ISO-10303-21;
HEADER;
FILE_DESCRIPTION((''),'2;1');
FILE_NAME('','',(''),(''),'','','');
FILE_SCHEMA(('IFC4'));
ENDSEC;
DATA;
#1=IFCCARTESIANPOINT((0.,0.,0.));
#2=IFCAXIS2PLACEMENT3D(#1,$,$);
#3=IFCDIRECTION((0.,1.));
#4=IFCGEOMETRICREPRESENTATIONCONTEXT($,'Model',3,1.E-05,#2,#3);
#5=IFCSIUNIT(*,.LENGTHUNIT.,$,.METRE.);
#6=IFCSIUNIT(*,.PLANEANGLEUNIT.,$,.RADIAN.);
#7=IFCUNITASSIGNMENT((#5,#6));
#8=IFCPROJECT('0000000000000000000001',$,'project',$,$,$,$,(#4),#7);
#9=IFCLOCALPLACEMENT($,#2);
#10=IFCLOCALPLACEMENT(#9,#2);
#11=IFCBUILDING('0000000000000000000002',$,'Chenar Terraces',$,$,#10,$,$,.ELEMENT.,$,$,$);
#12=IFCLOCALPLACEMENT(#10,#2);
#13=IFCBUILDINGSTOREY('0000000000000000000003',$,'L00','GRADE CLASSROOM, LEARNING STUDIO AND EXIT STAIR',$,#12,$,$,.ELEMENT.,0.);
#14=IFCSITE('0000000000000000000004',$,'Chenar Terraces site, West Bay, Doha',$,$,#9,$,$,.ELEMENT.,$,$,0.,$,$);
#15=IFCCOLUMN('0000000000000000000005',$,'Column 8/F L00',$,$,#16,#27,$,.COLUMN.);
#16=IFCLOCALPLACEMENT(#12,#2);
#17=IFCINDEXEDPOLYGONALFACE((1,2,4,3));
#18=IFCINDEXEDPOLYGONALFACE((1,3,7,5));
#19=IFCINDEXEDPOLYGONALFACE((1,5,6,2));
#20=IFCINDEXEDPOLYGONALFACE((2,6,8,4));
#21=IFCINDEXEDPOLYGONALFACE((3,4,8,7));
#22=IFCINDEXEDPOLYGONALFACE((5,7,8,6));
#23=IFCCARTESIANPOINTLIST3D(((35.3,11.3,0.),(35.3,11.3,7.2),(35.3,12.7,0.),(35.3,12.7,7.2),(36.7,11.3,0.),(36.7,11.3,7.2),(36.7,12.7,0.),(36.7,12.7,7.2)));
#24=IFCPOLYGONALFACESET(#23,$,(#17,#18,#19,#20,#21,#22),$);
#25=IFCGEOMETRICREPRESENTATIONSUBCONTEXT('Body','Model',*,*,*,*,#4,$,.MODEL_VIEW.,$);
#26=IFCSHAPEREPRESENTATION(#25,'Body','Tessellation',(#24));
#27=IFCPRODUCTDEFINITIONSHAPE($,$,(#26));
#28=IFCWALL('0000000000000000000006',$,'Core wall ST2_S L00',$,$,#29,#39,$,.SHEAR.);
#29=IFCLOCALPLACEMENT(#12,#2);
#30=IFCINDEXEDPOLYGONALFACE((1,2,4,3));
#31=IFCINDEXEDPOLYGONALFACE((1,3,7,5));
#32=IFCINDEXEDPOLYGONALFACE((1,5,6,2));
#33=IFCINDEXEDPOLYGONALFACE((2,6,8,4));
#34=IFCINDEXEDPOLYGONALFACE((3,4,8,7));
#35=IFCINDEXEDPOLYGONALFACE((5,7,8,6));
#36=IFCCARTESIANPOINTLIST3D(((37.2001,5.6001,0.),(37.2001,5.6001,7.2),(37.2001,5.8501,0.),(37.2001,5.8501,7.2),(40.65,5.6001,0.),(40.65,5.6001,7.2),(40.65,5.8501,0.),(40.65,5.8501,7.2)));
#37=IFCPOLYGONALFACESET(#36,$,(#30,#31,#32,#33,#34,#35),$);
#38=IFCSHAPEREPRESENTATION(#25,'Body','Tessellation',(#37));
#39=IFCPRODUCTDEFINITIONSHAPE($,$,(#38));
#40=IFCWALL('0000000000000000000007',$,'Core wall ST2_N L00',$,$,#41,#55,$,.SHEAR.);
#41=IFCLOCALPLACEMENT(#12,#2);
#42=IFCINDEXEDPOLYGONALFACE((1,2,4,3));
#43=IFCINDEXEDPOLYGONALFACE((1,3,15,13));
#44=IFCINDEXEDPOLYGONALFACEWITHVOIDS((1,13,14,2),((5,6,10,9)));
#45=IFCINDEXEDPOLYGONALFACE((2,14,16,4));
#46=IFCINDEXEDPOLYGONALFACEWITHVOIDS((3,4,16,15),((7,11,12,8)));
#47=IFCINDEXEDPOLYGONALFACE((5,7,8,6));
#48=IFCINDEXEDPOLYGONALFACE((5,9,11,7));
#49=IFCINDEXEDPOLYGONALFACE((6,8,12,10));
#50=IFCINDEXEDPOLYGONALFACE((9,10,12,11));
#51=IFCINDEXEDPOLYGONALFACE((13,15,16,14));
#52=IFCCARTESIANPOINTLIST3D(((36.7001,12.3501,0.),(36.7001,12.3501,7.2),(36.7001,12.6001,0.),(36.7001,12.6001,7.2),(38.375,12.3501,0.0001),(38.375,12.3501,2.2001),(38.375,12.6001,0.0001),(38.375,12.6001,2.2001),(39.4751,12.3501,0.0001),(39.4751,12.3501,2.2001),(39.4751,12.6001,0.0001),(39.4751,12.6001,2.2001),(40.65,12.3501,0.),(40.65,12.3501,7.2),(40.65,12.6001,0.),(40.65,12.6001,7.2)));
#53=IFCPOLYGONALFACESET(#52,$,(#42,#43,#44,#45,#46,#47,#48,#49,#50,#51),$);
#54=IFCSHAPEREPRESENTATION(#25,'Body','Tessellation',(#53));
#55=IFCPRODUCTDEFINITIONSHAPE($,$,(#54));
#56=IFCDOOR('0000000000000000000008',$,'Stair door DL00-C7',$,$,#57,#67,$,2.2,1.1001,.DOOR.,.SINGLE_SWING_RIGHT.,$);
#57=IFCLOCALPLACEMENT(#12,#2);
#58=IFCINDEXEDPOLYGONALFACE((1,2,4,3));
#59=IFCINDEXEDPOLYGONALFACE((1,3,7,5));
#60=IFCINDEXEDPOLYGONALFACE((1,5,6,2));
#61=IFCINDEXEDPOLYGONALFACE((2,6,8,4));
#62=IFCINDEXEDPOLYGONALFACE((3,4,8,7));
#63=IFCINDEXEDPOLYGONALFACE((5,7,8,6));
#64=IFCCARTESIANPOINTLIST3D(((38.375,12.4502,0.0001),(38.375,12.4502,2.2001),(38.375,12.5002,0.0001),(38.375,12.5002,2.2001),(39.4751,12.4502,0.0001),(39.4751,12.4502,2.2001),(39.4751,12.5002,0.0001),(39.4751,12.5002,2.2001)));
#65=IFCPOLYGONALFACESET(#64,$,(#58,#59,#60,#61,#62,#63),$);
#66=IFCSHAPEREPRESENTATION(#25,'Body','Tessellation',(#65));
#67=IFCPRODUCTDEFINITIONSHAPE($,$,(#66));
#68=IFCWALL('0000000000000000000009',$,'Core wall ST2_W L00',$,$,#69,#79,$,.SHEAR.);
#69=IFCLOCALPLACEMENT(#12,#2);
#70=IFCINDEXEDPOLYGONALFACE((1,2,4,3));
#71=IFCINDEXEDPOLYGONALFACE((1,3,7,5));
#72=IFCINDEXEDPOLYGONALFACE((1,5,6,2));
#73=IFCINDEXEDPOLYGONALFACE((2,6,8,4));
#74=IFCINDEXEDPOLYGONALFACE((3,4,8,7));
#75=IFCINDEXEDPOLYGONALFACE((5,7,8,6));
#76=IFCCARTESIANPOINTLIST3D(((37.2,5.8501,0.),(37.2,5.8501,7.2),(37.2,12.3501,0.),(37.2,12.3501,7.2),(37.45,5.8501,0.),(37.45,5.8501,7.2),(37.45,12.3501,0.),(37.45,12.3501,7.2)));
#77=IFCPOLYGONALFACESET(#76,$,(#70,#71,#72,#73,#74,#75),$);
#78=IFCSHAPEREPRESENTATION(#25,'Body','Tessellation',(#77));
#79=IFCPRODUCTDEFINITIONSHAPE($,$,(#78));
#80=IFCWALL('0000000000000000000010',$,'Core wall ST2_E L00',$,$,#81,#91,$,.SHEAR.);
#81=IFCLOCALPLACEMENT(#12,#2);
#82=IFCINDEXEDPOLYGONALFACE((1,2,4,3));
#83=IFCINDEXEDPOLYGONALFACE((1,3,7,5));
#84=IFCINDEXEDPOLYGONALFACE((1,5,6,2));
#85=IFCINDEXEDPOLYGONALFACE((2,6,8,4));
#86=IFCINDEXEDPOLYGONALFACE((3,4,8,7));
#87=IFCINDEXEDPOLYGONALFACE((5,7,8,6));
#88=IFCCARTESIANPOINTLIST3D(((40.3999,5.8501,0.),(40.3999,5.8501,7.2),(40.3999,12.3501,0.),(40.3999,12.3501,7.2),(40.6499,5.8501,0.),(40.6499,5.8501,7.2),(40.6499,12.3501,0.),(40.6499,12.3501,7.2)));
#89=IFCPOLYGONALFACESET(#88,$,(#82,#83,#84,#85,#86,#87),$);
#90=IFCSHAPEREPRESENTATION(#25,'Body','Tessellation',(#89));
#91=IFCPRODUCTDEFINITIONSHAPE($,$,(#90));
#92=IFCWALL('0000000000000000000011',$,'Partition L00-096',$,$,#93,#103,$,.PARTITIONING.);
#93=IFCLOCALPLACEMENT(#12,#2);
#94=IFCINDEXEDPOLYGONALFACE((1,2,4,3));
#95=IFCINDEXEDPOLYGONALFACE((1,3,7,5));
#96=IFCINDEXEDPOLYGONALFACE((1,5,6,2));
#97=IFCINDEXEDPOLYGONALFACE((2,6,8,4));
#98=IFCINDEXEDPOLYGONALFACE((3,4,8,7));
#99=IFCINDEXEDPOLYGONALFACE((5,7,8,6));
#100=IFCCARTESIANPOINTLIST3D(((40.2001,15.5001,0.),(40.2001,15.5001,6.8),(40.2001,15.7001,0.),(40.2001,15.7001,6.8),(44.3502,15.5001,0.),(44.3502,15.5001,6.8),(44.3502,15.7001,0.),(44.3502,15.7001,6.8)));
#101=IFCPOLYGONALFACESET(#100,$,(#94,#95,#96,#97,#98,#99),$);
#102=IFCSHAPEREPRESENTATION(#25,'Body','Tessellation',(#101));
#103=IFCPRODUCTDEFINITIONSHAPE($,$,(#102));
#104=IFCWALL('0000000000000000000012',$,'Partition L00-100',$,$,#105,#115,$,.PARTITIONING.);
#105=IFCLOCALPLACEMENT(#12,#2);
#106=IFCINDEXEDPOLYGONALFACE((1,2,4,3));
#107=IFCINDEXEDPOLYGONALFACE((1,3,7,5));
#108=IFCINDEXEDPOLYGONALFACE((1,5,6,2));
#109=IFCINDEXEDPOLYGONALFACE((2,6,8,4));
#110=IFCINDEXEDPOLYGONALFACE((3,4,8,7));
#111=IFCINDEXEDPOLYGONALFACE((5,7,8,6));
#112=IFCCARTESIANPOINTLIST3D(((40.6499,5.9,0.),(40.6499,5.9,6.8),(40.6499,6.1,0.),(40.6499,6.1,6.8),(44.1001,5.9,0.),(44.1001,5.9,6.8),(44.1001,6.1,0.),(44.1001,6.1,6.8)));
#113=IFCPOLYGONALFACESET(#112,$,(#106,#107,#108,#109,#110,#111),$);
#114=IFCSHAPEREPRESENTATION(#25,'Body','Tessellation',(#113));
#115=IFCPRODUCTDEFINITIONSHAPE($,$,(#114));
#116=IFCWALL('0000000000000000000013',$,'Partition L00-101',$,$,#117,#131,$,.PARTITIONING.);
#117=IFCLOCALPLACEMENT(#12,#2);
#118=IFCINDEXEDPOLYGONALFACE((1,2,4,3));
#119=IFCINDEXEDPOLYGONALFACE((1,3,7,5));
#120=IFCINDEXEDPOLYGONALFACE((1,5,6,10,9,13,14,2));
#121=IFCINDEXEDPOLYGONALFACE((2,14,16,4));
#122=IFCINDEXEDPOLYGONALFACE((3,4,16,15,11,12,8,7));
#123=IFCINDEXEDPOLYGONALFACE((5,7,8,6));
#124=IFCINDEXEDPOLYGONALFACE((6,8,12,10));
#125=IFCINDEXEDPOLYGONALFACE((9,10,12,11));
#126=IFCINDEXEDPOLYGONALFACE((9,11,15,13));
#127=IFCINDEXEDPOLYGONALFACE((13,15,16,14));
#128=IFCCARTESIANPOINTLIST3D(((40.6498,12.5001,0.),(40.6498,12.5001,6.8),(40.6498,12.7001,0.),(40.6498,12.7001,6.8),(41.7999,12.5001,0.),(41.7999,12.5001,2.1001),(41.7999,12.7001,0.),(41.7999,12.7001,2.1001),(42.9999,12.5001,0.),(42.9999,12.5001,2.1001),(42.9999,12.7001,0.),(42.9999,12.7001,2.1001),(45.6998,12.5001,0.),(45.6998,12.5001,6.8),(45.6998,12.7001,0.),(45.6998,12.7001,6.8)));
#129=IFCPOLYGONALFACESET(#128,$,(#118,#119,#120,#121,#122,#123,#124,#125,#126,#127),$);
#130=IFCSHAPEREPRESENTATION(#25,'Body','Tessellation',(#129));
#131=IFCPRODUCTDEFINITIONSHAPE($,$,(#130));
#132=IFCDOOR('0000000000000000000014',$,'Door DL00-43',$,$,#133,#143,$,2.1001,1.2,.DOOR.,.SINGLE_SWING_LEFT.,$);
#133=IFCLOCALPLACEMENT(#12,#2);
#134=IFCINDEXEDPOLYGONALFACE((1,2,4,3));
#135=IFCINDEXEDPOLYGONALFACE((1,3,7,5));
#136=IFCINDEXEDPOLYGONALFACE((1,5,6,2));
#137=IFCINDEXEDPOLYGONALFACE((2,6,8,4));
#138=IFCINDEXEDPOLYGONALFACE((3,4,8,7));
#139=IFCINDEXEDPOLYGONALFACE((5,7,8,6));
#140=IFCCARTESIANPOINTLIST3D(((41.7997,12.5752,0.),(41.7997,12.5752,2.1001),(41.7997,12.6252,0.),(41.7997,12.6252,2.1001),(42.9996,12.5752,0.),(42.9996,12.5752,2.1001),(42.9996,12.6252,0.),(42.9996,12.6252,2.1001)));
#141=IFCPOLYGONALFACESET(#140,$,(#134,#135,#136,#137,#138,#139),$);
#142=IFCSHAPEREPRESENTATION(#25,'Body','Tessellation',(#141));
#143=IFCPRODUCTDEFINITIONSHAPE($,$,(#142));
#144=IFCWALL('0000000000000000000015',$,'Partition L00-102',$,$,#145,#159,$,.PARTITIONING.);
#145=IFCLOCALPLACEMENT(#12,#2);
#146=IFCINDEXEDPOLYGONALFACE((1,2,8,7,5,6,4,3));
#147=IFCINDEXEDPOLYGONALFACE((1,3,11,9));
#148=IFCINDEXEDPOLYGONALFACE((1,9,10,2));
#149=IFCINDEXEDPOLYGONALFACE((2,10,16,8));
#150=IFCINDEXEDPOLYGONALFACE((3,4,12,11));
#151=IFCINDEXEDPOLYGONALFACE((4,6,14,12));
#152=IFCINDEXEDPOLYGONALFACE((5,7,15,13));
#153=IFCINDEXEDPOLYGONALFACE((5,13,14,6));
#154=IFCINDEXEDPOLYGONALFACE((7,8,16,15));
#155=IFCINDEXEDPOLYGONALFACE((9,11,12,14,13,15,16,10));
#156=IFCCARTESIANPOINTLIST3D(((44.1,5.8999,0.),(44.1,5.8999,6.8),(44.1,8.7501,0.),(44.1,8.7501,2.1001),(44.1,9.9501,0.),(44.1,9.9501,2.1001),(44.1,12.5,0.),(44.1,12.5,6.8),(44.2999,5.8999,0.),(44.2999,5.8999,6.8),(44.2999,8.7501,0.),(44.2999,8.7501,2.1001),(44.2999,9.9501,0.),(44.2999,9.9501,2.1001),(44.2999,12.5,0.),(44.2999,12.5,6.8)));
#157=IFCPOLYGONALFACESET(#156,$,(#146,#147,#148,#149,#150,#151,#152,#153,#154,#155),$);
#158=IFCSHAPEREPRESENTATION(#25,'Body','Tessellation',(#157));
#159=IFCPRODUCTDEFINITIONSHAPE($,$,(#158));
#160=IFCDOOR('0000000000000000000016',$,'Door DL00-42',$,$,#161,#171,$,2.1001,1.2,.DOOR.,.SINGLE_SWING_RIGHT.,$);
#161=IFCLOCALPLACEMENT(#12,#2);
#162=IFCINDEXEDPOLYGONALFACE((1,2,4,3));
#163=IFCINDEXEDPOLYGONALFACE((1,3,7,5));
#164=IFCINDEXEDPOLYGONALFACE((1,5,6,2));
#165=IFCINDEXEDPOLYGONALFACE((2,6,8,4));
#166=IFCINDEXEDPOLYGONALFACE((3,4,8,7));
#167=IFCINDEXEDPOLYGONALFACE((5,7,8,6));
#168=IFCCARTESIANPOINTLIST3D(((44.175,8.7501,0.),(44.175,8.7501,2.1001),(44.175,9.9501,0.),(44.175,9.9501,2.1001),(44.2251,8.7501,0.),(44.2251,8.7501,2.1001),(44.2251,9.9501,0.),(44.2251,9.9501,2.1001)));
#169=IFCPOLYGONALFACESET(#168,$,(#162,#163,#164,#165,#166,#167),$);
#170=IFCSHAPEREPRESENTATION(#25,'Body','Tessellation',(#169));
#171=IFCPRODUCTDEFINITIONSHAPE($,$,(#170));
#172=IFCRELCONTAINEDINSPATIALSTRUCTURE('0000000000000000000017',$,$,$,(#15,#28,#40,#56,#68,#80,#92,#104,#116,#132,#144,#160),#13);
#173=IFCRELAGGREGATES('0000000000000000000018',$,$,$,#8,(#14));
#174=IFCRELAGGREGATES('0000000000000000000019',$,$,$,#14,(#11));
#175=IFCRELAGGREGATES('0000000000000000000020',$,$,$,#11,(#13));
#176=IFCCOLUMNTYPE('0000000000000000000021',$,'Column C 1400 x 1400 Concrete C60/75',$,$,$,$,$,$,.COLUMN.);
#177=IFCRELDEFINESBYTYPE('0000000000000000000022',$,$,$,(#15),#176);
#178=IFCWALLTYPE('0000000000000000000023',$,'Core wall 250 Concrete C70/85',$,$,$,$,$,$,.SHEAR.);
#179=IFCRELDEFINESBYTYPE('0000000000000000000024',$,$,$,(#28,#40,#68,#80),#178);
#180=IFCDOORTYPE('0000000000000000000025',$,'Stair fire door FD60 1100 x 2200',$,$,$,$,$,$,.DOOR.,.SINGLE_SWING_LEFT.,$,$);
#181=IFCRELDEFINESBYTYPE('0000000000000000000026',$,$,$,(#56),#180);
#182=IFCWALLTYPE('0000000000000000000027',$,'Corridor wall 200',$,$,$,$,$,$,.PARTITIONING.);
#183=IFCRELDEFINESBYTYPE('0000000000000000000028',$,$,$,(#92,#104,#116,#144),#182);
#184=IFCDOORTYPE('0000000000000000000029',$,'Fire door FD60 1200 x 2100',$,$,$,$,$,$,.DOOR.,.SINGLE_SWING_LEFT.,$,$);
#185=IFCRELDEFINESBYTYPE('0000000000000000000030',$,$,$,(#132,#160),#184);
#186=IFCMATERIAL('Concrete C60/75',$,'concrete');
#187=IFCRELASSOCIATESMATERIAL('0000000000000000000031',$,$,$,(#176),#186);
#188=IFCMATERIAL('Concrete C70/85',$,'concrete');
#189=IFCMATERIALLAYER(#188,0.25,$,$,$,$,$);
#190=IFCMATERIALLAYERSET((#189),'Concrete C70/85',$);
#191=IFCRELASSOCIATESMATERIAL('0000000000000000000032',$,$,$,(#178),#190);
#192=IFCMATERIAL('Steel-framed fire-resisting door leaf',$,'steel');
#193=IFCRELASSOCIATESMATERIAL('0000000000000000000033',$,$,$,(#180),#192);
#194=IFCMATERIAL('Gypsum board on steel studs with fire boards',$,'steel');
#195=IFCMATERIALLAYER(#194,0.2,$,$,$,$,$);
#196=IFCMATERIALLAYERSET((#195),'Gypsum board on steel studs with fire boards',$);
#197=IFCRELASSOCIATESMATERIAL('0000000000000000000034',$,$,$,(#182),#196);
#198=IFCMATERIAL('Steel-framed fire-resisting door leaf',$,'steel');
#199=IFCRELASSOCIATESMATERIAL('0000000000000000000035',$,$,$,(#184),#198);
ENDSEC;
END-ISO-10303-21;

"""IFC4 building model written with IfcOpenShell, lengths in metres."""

from ifc_helpers import new_model, si_unit, direction, frame, frame_2d, origin, origin_2d, place, context, subcontext, project, spatial, rectangle, extrude, material, layer, layer_set, material_profile, profile_set, type_object, element, fill, save


model = new_model("IFC4")

# Units and contexts
model_context = context("Model", 3, precision=1e-05, world=origin(), true_north=direction((0.0, 1.0)))
body_context = subcontext(model_context, "Body", "Model", "MODEL_VIEW")
ifc_project = project(units=[si_unit("LENGTHUNIT", "METRE"), si_unit("PLANEANGLEUNIT", "RADIAN")], contexts=[model_context])

# Site, building, storey
site_placement = place(None, origin())
site = spatial("IfcSite", under=ifc_project, at=site_placement, Name="Chenar Terraces site, West Bay, Doha", CompositionType="ELEMENT", RefElevation=0.0)
building_placement = place(site_placement, origin())
building = spatial("IfcBuilding", under=site, at=building_placement, Name="Chenar Terraces", CompositionType="ELEMENT")
storey_placement = place(building_placement, origin())
storey = spatial("IfcBuildingStorey", under=building, at=storey_placement, Name="L00", Description="GRADE CLASSROOM, LEARNING STUDIO AND EXIT STAIR", CompositionType="ELEMENT", Elevation=0.0)

# Column
ifc_material_1 = material(Name="Concrete C60/75", Category="concrete")
ifc_material_profile = material_profile(ifc_material_1, rectangle(XDim=1.3999, YDim=1.3999, at=origin_2d()), Name="C 1400 x 1400")
ifc_profile_set = profile_set([ifc_material_profile], Name="Concrete C60/75")
column_type = type_object("IfcColumnType", Name="Column C 1400 x 1400 Concrete C60/75", PredefinedType="COLUMN", material=ifc_profile_set)
column_placement = place(storey_placement, frame((36.0, 12.0, 0.0), z_axis=(0.0, 0.0, 1.0), x_axis=(1.0, 0.0, 0.0)))
element("IfcColumn", 1, at=column_placement, inside=storey, type_object=column_type, Name="Column 8/F L00", PredefinedType="COLUMN", context=body_context, shape_type="SweptSolid", body=[
    extrude(rectangle(XDim=1.3999, YDim=1.3999, at=origin_2d()), origin(), (0.0, 0.0, 1.0), 7.2),
])

# Wall
ifc_material_2 = material(Name="Concrete C70/85", Category="concrete")
ifc_layer_1 = layer(ifc_material_2, 0.25)
ifc_layer_set_1 = layer_set([ifc_layer_1], Name="Concrete C70/85")
wall_type_1 = type_object("IfcWallType", Name="Core wall 250 Concrete C70/85", PredefinedType="SHEAR", material=ifc_layer_set_1)
wall_1_placement = place(storey_placement, frame((37.2, 5.7251, 0.0), z_axis=(0.0, 0.0, 1.0), x_axis=(1.0, 0.0, 0.0)))
element("IfcWall", 2, at=wall_1_placement, inside=storey, type_object=wall_type_1, Name="Core wall ST2_S L00", PredefinedType="SHEAR", context=body_context, shape_type="SweptSolid", body=[
    extrude(rectangle(XDim=3.45, YDim=0.25, at=frame_2d((1.7251, 0.0))), origin(), (0.0, 0.0, 1.0), 7.2),
])

# Wall, opening, door
wall_2_placement = place(storey_placement, frame((36.7, 12.4751, 0.0), z_axis=(0.0, 0.0, 1.0), x_axis=(1.0, 0.0, 0.0)))
wall_2 = element("IfcWall", 3, at=wall_2_placement, inside=storey, type_object=wall_type_1, Name="Core wall ST2_N L00", PredefinedType="SHEAR", context=body_context, shape_type="SweptSolid", body=[
    extrude(rectangle(XDim=3.95, YDim=0.25, at=frame_2d((1.9751, 0.0))), origin(), (0.0, 0.0, 1.0), 7.2),
])
opening_1_placement = place(wall_2_placement, frame((1.675, 0.0, 0.0)))
opening_1 = element("IfcOpeningElement", 4, at=opening_1_placement, cuts=wall_2, PredefinedType="OPENING", context=body_context, shape_type="SweptSolid", body=[
    extrude(rectangle(XDim=1.1001, YDim=2.2, at=frame_2d((0.55, 1.1001))), frame((0.0, 0.135, 0.0), z_axis=(0.0, -1.0, 0.0), x_axis=(1.0, 0.0, 0.0)), (0.0, 0.0, 1.0), 0.27),
])
ifc_material_3 = material(Name="Steel-framed fire-resisting door leaf", Category="steel")
door_type_1 = type_object("IfcDoorType", Name="Stair fire door FD60 1100 x 2200", OperationType="SINGLE_SWING_LEFT", PredefinedType="DOOR", material=ifc_material_3)
door_1_placement = place(opening_1_placement, frame((1.1001, 0.0, 0.0), z_axis=(0.0, 0.0, 1.0), x_axis=(-1.0, 0.0, 0.0)))
door_1 = element("IfcDoor", 5, at=door_1_placement, inside=storey, type_object=door_type_1, Name="Stair door DL00-C7", OperationType="SINGLE_SWING_RIGHT", OverallHeight=2.2, OverallWidth=1.1001, PredefinedType="DOOR", context=body_context, shape_type="SweptSolid", body=[
    extrude(rectangle(XDim=1.1001, YDim=2.2, at=frame_2d((0.55, 1.1001))), frame((0.0, 0.0249, 0.0), z_axis=(0.0, -1.0, 0.0), x_axis=(1.0, 0.0, 0.0)), (0.0, 0.0, 1.0), 0.05),
])
fill(opening_1, door_1)

# Walls
for number, where, z_axis, x_axis, name in (
    (6, (37.325, 5.8501, 0.0), (0.0, 0.0, 1.0), (0.0, 1.0, 0.0), "Core wall ST2_W L00"),
    (7, (40.5249, 5.8501, 0.0), (0.0, 0.0, 1.0), (0.0, 1.0, 0.0), "Core wall ST2_E L00"),
):
    element("IfcWall", number, at=place(storey_placement, frame(where, z_axis=z_axis, x_axis=x_axis)), inside=storey, type_object=wall_type_1, Name=name, PredefinedType="SHEAR", context=body_context, shape_type="SweptSolid", body=[
        extrude(rectangle(XDim=6.5, YDim=0.25, at=frame_2d((3.25, 0.0))), origin(), (0.0, 0.0, 1.0), 7.2),
    ])
ifc_material_4 = material(Name="Gypsum board on steel studs with fire boards", Category="steel")
ifc_layer_2 = layer(ifc_material_4, 0.2)
ifc_layer_set_2 = layer_set([ifc_layer_2], Name="Gypsum board on steel studs with fire boards")
wall_type_2 = type_object("IfcWallType", Name="Corridor wall 200", PredefinedType="PARTITIONING", material=ifc_layer_set_2)
wall_3_placement = place(storey_placement, frame((40.2, 15.6001, 0.0), z_axis=(0.0, 0.0, 1.0), x_axis=(1.0, 0.0, 0.0)))
element("IfcWall", 8, at=wall_3_placement, inside=storey, type_object=wall_type_2, Name="Partition L00-096", PredefinedType="PARTITIONING", context=body_context, shape_type="SweptSolid", body=[
    extrude(rectangle(XDim=4.1501, YDim=0.2, at=frame_2d((2.0752, 0.0))), origin(), (0.0, 0.0, 1.0), 6.8),
])
wall_4_placement = place(storey_placement, frame((40.6499, 6.0, 0.0), z_axis=(0.0, 0.0, 1.0), x_axis=(1.0, 0.0, 0.0)))
element("IfcWall", 9, at=wall_4_placement, inside=storey, type_object=wall_type_2, Name="Partition L00-100", PredefinedType="PARTITIONING", context=body_context, shape_type="SweptSolid", body=[
    extrude(rectangle(XDim=3.4502, YDim=0.2, at=frame_2d((1.7251, 0.0))), origin(), (0.0, 0.0, 1.0), 6.8),
])

# Walls, openings, doors
wall_5_placement = place(storey_placement, frame((40.6499, 12.6001, 0.0), z_axis=(0.0, 0.0, 1.0), x_axis=(1.0, 0.0, 0.0)))
wall_5 = element("IfcWall", 10, at=wall_5_placement, inside=storey, type_object=wall_type_2, Name="Partition L00-101", PredefinedType="PARTITIONING", context=body_context, shape_type="SweptSolid", body=[
    extrude(rectangle(XDim=5.05, YDim=0.2, at=frame_2d((2.5249, 0.0))), origin(), (0.0, 0.0, 1.0), 6.8),
])
opening_2_placement = place(wall_5_placement, frame((1.1499, 0.0, 0.0)))
opening_2 = element("IfcOpeningElement", 11, at=opening_2_placement, cuts=wall_5, PredefinedType="OPENING", context=body_context, shape_type="SweptSolid", body=[
    extrude(rectangle(XDim=1.2, YDim=2.1001, at=frame_2d((0.6001, 1.05))), frame((0.0, 0.1099, 0.0), z_axis=(0.0, -1.0, 0.0), x_axis=(1.0, 0.0, 0.0)), (0.0, 0.0, 1.0), 0.22),
])
ifc_material_5 = material(Name="Steel-framed fire-resisting door leaf", Category="steel")
door_type_2 = type_object("IfcDoorType", Name="Fire door FD60 1200 x 2100", OperationType="SINGLE_SWING_LEFT", PredefinedType="DOOR", material=ifc_material_5)
door_2_placement = place(opening_2_placement, frame((1.2, 0.0, 0.0), z_axis=(0.0, 0.0, 1.0), x_axis=(-1.0, 0.0, 0.0)))
door_2 = element("IfcDoor", 12, at=door_2_placement, inside=storey, type_object=door_type_2, Name="Door DL00-43", OperationType="SINGLE_SWING_LEFT", OverallHeight=2.1001, OverallWidth=1.2, PredefinedType="DOOR", context=body_context, shape_type="SweptSolid", body=[
    extrude(rectangle(XDim=1.2, YDim=2.1001, at=frame_2d((0.6001, 1.05))), frame((0.0, 0.0249, 0.0), z_axis=(0.0, -1.0, 0.0), x_axis=(1.0, 0.0, 0.0)), (0.0, 0.0, 1.0), 0.05),
])
fill(opening_2, door_2)
wall_6_placement = place(storey_placement, frame((44.2, 5.8999, 0.0), z_axis=(0.0, 0.0, 1.0), x_axis=(0.0, 1.0, 0.0)))
wall_6 = element("IfcWall", 13, at=wall_6_placement, inside=storey, type_object=wall_type_2, Name="Partition L00-102", PredefinedType="PARTITIONING", context=body_context, shape_type="SweptSolid", body=[
    extrude(rectangle(XDim=6.6001, YDim=0.2, at=frame_2d((3.3, 0.0))), origin(), (0.0, 0.0, 1.0), 6.8),
])
opening_3_placement = place(wall_6_placement, frame((2.8501, 0.0, 0.0)))
opening_3 = element("IfcOpeningElement", 14, at=opening_3_placement, cuts=wall_6, PredefinedType="OPENING", context=body_context, shape_type="SweptSolid", body=[
    extrude(rectangle(XDim=1.2, YDim=2.1001, at=frame_2d((0.6001, 1.05))), frame((0.0, 0.1099, 0.0), z_axis=(0.0, -1.0, 0.0), x_axis=(1.0, 0.0, 0.0)), (0.0, 0.0, 1.0), 0.22),
])
door_3_placement = place(opening_3_placement, origin())
door_3 = element("IfcDoor", 15, at=door_3_placement, inside=storey, type_object=door_type_2, Name="Door DL00-42", OperationType="SINGLE_SWING_RIGHT", OverallHeight=2.1001, OverallWidth=1.2, PredefinedType="DOOR", context=body_context, shape_type="SweptSolid", body=[
    extrude(rectangle(XDim=1.2, YDim=2.1001, at=frame_2d((0.6001, 1.05))), frame((0.0, 0.0249, 0.0), z_axis=(0.0, -1.0, 0.0), x_axis=(1.0, 0.0, 0.0)), (0.0, 0.0, 1.0), 0.05),
])
fill(opening_3, door_3)

save(model, "model.ifc")
